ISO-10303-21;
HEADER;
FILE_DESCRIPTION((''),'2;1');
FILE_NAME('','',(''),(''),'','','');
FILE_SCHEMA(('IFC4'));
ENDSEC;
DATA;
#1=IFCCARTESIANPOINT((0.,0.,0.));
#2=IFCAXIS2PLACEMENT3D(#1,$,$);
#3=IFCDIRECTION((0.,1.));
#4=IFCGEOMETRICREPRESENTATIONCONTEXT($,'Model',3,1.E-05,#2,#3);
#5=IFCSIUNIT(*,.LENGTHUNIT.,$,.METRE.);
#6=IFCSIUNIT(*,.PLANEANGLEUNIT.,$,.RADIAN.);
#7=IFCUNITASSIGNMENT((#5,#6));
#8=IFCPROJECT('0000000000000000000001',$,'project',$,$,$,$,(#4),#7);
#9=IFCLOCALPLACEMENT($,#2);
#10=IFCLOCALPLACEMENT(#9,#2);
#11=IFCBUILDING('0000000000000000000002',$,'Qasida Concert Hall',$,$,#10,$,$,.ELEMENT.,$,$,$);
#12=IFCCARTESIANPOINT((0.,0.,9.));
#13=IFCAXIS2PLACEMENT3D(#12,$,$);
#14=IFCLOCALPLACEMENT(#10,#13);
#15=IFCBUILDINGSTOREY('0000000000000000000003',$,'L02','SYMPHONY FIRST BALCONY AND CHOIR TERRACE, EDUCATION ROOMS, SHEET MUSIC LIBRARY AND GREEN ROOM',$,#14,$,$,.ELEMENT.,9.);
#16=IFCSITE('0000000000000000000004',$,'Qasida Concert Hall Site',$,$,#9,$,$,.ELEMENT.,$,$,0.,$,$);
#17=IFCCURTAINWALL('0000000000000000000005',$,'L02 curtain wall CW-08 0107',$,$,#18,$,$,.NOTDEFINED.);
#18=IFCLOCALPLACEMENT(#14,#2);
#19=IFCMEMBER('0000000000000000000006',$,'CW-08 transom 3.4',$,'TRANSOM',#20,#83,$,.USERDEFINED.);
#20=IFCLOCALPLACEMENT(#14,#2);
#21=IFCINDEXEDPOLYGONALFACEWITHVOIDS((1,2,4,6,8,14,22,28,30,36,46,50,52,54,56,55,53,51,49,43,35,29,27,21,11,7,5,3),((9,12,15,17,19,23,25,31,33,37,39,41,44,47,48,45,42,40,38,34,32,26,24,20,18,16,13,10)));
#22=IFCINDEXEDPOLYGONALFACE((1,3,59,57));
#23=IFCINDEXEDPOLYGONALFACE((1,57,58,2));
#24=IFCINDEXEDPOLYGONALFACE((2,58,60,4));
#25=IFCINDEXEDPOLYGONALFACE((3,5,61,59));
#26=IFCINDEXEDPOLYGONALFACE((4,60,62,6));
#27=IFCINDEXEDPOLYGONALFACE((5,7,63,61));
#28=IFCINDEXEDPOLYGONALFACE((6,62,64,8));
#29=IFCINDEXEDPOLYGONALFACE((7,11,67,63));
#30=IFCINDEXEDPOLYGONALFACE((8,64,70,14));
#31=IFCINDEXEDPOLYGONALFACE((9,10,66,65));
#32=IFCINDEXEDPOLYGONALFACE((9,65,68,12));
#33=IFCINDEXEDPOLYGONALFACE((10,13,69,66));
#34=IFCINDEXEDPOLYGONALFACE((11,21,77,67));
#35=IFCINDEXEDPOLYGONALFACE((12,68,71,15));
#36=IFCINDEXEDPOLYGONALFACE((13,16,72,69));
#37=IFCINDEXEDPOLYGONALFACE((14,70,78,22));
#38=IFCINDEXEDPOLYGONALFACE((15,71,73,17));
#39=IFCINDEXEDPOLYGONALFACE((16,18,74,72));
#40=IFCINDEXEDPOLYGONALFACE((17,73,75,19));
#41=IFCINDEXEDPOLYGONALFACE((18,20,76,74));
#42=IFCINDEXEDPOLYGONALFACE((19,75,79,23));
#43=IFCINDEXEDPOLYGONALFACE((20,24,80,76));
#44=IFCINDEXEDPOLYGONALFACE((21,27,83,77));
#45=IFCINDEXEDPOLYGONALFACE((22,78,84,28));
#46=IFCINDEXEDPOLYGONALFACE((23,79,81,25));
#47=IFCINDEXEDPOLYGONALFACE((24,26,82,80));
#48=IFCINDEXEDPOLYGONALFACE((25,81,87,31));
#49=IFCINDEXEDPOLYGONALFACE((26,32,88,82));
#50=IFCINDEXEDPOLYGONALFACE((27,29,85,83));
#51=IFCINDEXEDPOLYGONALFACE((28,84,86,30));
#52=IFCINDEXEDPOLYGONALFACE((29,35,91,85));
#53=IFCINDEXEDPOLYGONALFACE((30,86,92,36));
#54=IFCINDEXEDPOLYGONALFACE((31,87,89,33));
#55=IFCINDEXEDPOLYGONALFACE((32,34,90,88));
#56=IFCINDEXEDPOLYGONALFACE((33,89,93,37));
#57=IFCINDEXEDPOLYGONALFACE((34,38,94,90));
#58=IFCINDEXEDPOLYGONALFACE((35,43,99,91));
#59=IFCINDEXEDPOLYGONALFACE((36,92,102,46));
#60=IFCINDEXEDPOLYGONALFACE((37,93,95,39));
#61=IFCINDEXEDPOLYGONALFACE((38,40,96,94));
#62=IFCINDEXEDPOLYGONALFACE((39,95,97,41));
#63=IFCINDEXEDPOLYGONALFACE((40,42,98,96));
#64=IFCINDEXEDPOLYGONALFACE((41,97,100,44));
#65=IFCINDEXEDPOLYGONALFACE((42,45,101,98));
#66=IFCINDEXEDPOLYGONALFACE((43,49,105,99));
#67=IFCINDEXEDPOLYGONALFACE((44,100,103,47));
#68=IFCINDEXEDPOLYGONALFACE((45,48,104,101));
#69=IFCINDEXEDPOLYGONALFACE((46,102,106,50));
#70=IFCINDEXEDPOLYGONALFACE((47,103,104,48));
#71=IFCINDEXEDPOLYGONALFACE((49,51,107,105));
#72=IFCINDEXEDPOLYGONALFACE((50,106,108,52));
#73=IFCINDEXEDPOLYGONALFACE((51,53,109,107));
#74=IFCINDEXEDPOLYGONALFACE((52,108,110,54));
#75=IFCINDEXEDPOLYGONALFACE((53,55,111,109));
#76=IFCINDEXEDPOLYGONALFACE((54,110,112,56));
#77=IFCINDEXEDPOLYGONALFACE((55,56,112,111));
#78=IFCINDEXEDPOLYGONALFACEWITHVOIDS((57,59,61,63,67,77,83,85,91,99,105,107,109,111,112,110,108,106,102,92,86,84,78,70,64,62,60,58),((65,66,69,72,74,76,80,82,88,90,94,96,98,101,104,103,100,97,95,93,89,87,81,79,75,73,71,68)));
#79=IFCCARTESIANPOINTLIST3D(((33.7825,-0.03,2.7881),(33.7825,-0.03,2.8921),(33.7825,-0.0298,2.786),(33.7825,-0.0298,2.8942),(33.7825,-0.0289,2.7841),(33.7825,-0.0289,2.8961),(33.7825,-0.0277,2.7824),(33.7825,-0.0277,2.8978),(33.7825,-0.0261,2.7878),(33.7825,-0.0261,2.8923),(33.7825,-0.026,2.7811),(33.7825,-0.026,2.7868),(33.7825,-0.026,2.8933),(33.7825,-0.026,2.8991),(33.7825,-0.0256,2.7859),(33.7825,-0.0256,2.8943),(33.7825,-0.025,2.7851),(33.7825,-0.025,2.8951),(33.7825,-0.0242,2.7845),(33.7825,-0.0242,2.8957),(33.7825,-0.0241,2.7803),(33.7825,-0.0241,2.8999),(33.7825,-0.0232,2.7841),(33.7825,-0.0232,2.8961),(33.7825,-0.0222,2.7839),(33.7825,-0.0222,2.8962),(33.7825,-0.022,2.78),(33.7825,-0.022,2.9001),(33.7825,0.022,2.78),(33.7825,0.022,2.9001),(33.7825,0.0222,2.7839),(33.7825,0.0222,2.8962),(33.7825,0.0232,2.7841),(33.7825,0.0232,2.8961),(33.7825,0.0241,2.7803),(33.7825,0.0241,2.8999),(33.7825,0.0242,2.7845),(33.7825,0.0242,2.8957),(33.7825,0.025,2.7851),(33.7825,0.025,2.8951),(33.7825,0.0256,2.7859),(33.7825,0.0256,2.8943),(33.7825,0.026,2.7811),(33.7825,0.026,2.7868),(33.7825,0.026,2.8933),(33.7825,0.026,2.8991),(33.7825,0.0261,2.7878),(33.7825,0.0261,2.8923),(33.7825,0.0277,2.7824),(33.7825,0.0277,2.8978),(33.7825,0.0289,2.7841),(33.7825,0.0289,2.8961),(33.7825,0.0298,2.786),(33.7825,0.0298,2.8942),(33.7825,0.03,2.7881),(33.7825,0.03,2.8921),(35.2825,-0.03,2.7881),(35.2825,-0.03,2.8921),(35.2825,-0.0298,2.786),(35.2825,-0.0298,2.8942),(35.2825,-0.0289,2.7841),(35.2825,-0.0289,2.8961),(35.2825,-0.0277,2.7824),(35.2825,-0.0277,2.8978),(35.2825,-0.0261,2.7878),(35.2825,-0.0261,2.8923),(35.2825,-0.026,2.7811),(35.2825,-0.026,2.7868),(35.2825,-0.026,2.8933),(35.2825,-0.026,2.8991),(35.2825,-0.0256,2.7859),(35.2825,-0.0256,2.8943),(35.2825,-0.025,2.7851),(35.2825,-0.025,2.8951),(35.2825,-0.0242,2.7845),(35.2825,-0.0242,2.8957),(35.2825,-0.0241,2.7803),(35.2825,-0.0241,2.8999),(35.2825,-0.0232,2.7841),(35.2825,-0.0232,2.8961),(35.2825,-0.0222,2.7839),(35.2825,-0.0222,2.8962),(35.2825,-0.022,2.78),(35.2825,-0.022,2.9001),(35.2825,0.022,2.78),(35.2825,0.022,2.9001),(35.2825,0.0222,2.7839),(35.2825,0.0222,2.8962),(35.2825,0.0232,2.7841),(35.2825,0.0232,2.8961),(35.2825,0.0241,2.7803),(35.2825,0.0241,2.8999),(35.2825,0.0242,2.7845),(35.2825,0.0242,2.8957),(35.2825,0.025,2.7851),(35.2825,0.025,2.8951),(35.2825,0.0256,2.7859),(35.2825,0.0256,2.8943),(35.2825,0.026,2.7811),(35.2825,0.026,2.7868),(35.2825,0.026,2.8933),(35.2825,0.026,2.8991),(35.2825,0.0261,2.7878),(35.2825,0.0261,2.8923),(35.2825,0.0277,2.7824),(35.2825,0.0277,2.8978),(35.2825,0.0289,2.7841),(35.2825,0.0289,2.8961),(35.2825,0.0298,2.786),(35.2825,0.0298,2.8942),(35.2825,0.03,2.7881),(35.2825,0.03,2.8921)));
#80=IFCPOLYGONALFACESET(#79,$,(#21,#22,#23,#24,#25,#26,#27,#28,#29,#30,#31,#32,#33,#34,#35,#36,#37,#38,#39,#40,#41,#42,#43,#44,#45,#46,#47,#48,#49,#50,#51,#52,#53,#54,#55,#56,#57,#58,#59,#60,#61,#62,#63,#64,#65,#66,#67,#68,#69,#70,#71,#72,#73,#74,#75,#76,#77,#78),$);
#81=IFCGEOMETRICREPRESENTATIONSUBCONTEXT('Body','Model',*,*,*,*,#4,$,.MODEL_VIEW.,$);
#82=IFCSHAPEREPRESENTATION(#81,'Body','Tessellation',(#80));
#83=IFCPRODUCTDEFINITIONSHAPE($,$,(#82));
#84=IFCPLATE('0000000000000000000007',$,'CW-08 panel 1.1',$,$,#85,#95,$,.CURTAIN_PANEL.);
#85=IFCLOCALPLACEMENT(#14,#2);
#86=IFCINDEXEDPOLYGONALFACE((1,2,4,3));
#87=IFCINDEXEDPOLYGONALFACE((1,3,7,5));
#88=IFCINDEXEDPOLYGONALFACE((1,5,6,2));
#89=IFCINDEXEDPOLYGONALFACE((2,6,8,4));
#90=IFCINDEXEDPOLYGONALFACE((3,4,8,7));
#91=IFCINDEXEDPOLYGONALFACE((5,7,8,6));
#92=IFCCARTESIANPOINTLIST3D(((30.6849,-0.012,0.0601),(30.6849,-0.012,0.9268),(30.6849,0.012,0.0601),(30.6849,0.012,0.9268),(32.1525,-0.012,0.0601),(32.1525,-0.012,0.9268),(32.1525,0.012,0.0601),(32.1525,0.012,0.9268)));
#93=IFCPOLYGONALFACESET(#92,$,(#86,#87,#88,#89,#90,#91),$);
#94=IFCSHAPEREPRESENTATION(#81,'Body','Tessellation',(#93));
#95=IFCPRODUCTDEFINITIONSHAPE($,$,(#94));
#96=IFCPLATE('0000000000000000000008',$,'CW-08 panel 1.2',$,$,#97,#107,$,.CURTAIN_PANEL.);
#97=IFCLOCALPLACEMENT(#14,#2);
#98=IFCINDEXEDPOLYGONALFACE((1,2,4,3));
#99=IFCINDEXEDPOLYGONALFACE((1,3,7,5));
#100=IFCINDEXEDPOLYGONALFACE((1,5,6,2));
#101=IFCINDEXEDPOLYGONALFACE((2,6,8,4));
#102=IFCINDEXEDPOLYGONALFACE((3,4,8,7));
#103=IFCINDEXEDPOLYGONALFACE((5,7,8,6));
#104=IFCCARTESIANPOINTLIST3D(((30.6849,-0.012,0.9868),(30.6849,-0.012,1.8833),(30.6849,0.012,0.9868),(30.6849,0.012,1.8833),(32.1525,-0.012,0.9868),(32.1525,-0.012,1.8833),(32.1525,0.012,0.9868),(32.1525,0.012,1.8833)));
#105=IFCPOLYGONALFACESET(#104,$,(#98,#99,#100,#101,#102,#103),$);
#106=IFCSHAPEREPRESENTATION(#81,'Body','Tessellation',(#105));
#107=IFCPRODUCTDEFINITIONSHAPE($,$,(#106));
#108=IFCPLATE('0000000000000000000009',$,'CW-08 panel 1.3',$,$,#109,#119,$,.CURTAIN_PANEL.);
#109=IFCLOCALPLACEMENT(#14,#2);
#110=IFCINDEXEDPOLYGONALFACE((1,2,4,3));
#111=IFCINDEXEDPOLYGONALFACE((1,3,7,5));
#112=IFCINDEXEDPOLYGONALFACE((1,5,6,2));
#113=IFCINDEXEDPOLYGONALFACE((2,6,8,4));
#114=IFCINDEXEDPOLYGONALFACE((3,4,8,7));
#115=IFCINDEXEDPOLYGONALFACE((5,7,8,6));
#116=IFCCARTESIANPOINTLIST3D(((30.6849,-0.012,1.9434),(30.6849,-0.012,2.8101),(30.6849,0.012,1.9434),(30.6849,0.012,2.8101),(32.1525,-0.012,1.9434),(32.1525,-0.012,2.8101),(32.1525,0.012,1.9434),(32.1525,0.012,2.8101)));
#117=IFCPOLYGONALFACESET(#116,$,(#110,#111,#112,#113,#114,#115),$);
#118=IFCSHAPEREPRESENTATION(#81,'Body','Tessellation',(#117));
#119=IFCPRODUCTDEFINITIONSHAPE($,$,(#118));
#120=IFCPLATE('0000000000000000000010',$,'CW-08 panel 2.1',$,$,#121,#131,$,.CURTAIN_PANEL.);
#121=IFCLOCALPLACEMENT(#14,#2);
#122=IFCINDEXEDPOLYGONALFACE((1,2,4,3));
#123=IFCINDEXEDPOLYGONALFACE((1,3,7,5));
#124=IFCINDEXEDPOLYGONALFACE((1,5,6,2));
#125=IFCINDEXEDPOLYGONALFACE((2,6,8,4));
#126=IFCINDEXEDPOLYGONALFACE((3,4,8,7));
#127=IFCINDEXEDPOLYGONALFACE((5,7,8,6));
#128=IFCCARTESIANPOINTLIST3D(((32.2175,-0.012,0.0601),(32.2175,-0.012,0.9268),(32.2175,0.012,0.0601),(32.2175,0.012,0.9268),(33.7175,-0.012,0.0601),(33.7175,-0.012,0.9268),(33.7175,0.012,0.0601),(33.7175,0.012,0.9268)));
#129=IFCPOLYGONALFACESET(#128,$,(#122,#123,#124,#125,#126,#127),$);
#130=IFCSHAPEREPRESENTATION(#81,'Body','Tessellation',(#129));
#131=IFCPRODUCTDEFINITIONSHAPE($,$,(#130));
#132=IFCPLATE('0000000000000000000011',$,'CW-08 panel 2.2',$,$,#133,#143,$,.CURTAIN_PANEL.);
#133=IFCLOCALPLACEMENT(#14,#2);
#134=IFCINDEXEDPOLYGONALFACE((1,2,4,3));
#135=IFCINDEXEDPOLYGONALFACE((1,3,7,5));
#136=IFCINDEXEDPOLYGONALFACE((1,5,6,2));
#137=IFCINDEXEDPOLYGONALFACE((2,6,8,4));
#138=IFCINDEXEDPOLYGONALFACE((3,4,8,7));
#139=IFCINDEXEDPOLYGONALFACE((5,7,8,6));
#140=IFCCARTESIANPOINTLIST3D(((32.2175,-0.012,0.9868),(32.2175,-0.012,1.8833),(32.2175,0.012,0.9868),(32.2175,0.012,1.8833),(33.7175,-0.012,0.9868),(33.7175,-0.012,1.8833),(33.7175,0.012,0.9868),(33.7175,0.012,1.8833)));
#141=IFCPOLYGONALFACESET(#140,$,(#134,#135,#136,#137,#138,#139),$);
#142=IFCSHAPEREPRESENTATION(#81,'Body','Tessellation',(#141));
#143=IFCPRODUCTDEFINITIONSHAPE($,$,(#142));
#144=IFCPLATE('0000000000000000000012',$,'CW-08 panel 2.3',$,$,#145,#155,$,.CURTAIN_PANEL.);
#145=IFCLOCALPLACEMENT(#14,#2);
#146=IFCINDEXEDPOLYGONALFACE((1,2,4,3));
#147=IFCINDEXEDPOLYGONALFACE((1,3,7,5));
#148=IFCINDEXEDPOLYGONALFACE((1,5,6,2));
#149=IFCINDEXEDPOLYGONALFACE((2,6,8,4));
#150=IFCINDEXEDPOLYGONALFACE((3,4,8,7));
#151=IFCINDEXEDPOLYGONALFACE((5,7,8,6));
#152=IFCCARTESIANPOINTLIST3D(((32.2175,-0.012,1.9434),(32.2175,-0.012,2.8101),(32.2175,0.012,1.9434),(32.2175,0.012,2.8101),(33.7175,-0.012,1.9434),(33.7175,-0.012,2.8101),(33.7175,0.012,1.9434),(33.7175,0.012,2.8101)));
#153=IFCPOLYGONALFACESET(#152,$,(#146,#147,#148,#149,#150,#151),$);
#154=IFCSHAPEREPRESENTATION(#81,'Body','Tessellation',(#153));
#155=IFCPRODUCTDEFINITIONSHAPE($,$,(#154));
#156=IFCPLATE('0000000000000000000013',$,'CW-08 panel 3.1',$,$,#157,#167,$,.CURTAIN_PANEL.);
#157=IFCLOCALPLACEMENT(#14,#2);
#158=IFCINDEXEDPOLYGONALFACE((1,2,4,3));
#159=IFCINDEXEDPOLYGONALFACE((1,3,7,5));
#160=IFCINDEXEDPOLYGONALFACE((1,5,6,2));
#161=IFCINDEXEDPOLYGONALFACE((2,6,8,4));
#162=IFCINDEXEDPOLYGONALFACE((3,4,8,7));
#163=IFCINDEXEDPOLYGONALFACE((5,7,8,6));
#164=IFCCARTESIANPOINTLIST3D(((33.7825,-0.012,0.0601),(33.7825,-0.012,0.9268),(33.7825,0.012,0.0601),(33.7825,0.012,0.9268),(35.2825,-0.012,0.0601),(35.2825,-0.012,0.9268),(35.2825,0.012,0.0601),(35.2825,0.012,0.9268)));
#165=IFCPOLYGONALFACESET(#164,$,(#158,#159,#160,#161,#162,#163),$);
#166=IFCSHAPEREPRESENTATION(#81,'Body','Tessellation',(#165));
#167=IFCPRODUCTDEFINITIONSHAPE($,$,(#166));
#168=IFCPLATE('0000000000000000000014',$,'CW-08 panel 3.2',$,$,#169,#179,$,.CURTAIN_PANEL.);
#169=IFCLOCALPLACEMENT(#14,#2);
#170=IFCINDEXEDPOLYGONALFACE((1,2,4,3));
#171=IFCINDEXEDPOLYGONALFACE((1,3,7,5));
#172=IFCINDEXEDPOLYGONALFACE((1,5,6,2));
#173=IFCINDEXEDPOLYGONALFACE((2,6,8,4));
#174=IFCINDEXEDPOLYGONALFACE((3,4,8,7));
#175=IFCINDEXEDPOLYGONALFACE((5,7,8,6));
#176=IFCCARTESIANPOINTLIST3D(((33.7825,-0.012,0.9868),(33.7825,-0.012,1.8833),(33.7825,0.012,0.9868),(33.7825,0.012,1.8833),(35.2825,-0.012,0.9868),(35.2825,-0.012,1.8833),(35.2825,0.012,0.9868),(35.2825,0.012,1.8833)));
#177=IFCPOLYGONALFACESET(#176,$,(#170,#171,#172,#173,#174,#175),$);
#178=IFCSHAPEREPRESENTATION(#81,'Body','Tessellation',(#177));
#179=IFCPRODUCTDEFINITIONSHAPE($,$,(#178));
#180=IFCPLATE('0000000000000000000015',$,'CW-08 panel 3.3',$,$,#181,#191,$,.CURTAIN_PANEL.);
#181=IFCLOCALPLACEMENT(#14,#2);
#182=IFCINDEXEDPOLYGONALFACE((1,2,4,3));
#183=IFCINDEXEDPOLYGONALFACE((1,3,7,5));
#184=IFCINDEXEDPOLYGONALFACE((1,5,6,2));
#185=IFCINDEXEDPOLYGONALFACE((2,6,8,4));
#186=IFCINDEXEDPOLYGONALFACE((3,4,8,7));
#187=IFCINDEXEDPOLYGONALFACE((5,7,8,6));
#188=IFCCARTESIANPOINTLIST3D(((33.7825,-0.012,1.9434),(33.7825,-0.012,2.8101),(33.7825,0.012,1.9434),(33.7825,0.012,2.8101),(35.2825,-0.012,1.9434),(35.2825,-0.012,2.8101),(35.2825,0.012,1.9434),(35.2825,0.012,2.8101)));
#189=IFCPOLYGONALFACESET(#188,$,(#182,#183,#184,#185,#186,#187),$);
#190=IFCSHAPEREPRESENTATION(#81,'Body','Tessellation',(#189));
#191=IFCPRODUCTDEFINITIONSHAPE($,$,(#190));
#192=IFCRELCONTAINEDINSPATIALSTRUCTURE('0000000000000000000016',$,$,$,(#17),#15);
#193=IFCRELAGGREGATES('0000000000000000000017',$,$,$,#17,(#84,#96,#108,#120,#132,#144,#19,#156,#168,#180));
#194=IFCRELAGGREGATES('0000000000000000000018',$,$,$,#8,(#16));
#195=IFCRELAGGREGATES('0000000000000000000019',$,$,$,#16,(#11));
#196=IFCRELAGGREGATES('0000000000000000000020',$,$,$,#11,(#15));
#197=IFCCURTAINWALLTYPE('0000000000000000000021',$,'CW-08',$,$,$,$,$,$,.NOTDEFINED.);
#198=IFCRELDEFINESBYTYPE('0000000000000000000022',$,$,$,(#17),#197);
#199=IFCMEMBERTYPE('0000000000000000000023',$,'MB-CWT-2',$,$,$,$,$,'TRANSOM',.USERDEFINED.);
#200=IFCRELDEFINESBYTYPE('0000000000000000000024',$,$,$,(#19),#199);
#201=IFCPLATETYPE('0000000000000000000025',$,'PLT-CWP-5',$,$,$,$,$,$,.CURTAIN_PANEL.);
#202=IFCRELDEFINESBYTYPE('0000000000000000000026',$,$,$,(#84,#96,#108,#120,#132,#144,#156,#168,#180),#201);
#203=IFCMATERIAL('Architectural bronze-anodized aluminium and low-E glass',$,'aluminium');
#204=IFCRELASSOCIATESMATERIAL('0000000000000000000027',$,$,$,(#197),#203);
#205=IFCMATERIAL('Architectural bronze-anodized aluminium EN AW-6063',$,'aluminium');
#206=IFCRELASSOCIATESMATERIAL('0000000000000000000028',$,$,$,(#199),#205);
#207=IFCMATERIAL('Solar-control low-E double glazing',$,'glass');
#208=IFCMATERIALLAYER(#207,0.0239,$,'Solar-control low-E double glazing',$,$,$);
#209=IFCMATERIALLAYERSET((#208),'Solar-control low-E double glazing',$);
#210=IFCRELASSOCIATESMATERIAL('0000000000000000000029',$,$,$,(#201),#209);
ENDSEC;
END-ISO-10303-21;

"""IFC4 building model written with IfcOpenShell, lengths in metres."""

from ifc_helpers import new_model, si_unit, direction, frame, origin, origin_2d, place, context, subcontext, project, spatial, rectangle, hollow_rectangle, extrude, material, layer, layer_set, material_profile, profile_set, type_object, element, aggregate, save


model = new_model("IFC4")

# Units and contexts
model_context = context("Model", 3, precision=1e-05, world=origin(), true_north=direction((0.0, 1.0)))
body_context = subcontext(model_context, "Body", "Model", "MODEL_VIEW")
ifc_project = project(units=[si_unit("LENGTHUNIT", "METRE"), si_unit("PLANEANGLEUNIT", "RADIAN")], contexts=[model_context])

# Site, building, storey
site_placement = place(None, origin())
site = spatial("IfcSite", under=ifc_project, at=site_placement, Name="Qasida Concert Hall Site", CompositionType="ELEMENT", RefElevation=0.0)
building_placement = place(site_placement, origin())
building = spatial("IfcBuilding", under=site, at=building_placement, Name="Qasida Concert Hall", CompositionType="ELEMENT")
storey_placement = place(building_placement, frame((0.0, 0.0, 9.0)))
storey = spatial("IfcBuildingStorey", under=building, at=storey_placement, Name="L02", Description="SYMPHONY FIRST BALCONY AND CHOIR TERRACE, EDUCATION ROOMS, SHEET MUSIC LIBRARY AND GREEN ROOM", CompositionType="ELEMENT", Elevation=9.0)

# Curtain wall, member, plates
ifc_material_1 = material(Name="Architectural bronze-anodized aluminium and low-E glass", Category="aluminium")
curtain_wall_type = type_object("IfcCurtainWallType", Name="CW-08", PredefinedType="NOTDEFINED", material=ifc_material_1)
curtain_wall_placement = place(storey_placement, origin())
curtain_wall = element("IfcCurtainWall", 1, at=curtain_wall_placement, inside=storey, type_object=curtain_wall_type, Name="L02 curtain wall CW-08 0107", PredefinedType="NOTDEFINED")
ifc_material_2 = material(Name="Architectural bronze-anodized aluminium EN AW-6063", Category="aluminium")
ifc_material_profile_1 = material_profile(ifc_material_2, hollow_rectangle(XDim=0.0601, YDim=0.1201, WallThickness=0.0039, InnerFilletRadius=0.0039, OuterFilletRadius=0.0081, at=origin_2d()), Name="CWT 120x60x4")
ifc_profile_set_1 = profile_set([ifc_material_profile_1], Name="Architectural bronze-anodized aluminium EN AW-6063")
member_type_1 = type_object("IfcMemberType", Name="MB-CWT-2", ElementType="TRANSOM", PredefinedType="USERDEFINED", material=ifc_profile_set_1)
member_1_placement = place(storey_placement, frame((33.7825, 0.0, 2.8401), z_axis=(1.0, 0.0, 0.0), x_axis=(0.0, 1.0, 0.0)))
member_1 = element("IfcMember", 2, at=member_1_placement, type_object=member_type_1, Name="CW-08 transom 3.4", ObjectType="TRANSOM", PredefinedType="USERDEFINED", context=body_context, shape_type="SweptSolid", body=[
    extrude(hollow_rectangle(XDim=0.0601, YDim=0.1201, WallThickness=0.0039, InnerFilletRadius=0.0039, OuterFilletRadius=0.0081, at=origin_2d()), origin(), (0.0, 0.0, 1.0), 1.5),
])
ifc_material_3 = material(Name="Solar-control low-E double glazing", Category="glass")
ifc_layer_1 = layer(ifc_material_3, 0.0239, Name="Solar-control low-E double glazing")
ifc_layer_set_1 = layer_set([ifc_layer_1], Name="Solar-control low-E double glazing")
plate_type = type_object("IfcPlateType", Name="PLT-CWP-5", PredefinedType="CURTAIN_PANEL", material=ifc_layer_set_1)
plate_1_placement = place(storey_placement, frame((31.4187, 0.0, 0.0601), z_axis=(0.0, 0.0, 1.0), x_axis=(1.0, 0.0, 0.0)))
plate_1 = element("IfcPlate", 3, at=plate_1_placement, type_object=plate_type, Name="CW-08 panel 1.1", PredefinedType="CURTAIN_PANEL", context=body_context, shape_type="SweptSolid", body=[
    extrude(rectangle(XDim=1.4675, YDim=0.0239, at=origin_2d()), origin(), (0.0, 0.0, 1.0), 0.8667),
])
plate_2_placement = place(storey_placement, frame((31.4187, 0.0, 0.9868), z_axis=(0.0, 0.0, 1.0), x_axis=(1.0, 0.0, 0.0)))
plate_2 = element("IfcPlate", 4, at=plate_2_placement, type_object=plate_type, Name="CW-08 panel 1.2", PredefinedType="CURTAIN_PANEL", context=body_context, shape_type="SweptSolid", body=[
    extrude(rectangle(XDim=1.4675, YDim=0.0239, at=origin_2d()), origin(), (0.0, 0.0, 1.0), 0.8965),
])
plate_3_placement = place(storey_placement, frame((31.4187, 0.0, 1.9434), z_axis=(0.0, 0.0, 1.0), x_axis=(1.0, 0.0, 0.0)))
plate_3 = element("IfcPlate", 5, at=plate_3_placement, type_object=plate_type, Name="CW-08 panel 1.3", PredefinedType="CURTAIN_PANEL", context=body_context, shape_type="SweptSolid", body=[
    extrude(rectangle(XDim=1.4675, YDim=0.0239, at=origin_2d()), origin(), (0.0, 0.0, 1.0), 0.8667),
])
plate_4_placement = place(storey_placement, frame((32.9675, 0.0, 0.0601), z_axis=(0.0, 0.0, 1.0), x_axis=(1.0, 0.0, 0.0)))
plate_4 = element("IfcPlate", 6, at=plate_4_placement, type_object=plate_type, Name="CW-08 panel 2.1", PredefinedType="CURTAIN_PANEL", context=body_context, shape_type="SweptSolid", body=[
    extrude(rectangle(XDim=1.5, YDim=0.0239, at=origin_2d()), origin(), (0.0, 0.0, 1.0), 0.8667),
])
plate_5_placement = place(storey_placement, frame((32.9675, 0.0, 0.9868), z_axis=(0.0, 0.0, 1.0), x_axis=(1.0, 0.0, 0.0)))
plate_5 = element("IfcPlate", 7, at=plate_5_placement, type_object=plate_type, Name="CW-08 panel 2.2", PredefinedType="CURTAIN_PANEL", context=body_context, shape_type="SweptSolid", body=[
    extrude(rectangle(XDim=1.5, YDim=0.0239, at=origin_2d()), origin(), (0.0, 0.0, 1.0), 0.8965),
])
plate_6_placement = place(storey_placement, frame((32.9675, 0.0, 1.9434), z_axis=(0.0, 0.0, 1.0), x_axis=(1.0, 0.0, 0.0)))
plate_6 = element("IfcPlate", 8, at=plate_6_placement, type_object=plate_type, Name="CW-08 panel 2.3", PredefinedType="CURTAIN_PANEL", context=body_context, shape_type="SweptSolid", body=[
    extrude(rectangle(XDim=1.5, YDim=0.0239, at=origin_2d()), origin(), (0.0, 0.0, 1.0), 0.8667),
])
plate_7_placement = place(storey_placement, frame((34.5325, 0.0, 0.0601), z_axis=(0.0, 0.0, 1.0), x_axis=(1.0, 0.0, 0.0)))
plate_7 = element("IfcPlate", 9, at=plate_7_placement, type_object=plate_type, Name="CW-08 panel 3.1", PredefinedType="CURTAIN_PANEL", context=body_context, shape_type="SweptSolid", body=[
    extrude(rectangle(XDim=1.5, YDim=0.0239, at=origin_2d()), origin(), (0.0, 0.0, 1.0), 0.8667),
])
plate_8_placement = place(storey_placement, frame((34.5325, 0.0, 0.9868), z_axis=(0.0, 0.0, 1.0), x_axis=(1.0, 0.0, 0.0)))
plate_8 = element("IfcPlate", 10, at=plate_8_placement, type_object=plate_type, Name="CW-08 panel 3.2", PredefinedType="CURTAIN_PANEL", context=body_context, shape_type="SweptSolid", body=[
    extrude(rectangle(XDim=1.5, YDim=0.0239, at=origin_2d()), origin(), (0.0, 0.0, 1.0), 0.8965),
])
plate_9_placement = place(storey_placement, frame((34.5325, 0.0, 1.9434), z_axis=(0.0, 0.0, 1.0), x_axis=(1.0, 0.0, 0.0)))
plate_9 = element("IfcPlate", 11, at=plate_9_placement, type_object=plate_type, Name="CW-08 panel 3.3", PredefinedType="CURTAIN_PANEL", context=body_context, shape_type="SweptSolid", body=[
    extrude(rectangle(XDim=1.5, YDim=0.0239, at=origin_2d()), origin(), (0.0, 0.0, 1.0), 0.8667),
])
aggregate(curtain_wall, [plate_1, plate_2, plate_3, plate_4, plate_5, plate_6, member_1, plate_7, plate_8, plate_9])

save(model, "model.ifc")
